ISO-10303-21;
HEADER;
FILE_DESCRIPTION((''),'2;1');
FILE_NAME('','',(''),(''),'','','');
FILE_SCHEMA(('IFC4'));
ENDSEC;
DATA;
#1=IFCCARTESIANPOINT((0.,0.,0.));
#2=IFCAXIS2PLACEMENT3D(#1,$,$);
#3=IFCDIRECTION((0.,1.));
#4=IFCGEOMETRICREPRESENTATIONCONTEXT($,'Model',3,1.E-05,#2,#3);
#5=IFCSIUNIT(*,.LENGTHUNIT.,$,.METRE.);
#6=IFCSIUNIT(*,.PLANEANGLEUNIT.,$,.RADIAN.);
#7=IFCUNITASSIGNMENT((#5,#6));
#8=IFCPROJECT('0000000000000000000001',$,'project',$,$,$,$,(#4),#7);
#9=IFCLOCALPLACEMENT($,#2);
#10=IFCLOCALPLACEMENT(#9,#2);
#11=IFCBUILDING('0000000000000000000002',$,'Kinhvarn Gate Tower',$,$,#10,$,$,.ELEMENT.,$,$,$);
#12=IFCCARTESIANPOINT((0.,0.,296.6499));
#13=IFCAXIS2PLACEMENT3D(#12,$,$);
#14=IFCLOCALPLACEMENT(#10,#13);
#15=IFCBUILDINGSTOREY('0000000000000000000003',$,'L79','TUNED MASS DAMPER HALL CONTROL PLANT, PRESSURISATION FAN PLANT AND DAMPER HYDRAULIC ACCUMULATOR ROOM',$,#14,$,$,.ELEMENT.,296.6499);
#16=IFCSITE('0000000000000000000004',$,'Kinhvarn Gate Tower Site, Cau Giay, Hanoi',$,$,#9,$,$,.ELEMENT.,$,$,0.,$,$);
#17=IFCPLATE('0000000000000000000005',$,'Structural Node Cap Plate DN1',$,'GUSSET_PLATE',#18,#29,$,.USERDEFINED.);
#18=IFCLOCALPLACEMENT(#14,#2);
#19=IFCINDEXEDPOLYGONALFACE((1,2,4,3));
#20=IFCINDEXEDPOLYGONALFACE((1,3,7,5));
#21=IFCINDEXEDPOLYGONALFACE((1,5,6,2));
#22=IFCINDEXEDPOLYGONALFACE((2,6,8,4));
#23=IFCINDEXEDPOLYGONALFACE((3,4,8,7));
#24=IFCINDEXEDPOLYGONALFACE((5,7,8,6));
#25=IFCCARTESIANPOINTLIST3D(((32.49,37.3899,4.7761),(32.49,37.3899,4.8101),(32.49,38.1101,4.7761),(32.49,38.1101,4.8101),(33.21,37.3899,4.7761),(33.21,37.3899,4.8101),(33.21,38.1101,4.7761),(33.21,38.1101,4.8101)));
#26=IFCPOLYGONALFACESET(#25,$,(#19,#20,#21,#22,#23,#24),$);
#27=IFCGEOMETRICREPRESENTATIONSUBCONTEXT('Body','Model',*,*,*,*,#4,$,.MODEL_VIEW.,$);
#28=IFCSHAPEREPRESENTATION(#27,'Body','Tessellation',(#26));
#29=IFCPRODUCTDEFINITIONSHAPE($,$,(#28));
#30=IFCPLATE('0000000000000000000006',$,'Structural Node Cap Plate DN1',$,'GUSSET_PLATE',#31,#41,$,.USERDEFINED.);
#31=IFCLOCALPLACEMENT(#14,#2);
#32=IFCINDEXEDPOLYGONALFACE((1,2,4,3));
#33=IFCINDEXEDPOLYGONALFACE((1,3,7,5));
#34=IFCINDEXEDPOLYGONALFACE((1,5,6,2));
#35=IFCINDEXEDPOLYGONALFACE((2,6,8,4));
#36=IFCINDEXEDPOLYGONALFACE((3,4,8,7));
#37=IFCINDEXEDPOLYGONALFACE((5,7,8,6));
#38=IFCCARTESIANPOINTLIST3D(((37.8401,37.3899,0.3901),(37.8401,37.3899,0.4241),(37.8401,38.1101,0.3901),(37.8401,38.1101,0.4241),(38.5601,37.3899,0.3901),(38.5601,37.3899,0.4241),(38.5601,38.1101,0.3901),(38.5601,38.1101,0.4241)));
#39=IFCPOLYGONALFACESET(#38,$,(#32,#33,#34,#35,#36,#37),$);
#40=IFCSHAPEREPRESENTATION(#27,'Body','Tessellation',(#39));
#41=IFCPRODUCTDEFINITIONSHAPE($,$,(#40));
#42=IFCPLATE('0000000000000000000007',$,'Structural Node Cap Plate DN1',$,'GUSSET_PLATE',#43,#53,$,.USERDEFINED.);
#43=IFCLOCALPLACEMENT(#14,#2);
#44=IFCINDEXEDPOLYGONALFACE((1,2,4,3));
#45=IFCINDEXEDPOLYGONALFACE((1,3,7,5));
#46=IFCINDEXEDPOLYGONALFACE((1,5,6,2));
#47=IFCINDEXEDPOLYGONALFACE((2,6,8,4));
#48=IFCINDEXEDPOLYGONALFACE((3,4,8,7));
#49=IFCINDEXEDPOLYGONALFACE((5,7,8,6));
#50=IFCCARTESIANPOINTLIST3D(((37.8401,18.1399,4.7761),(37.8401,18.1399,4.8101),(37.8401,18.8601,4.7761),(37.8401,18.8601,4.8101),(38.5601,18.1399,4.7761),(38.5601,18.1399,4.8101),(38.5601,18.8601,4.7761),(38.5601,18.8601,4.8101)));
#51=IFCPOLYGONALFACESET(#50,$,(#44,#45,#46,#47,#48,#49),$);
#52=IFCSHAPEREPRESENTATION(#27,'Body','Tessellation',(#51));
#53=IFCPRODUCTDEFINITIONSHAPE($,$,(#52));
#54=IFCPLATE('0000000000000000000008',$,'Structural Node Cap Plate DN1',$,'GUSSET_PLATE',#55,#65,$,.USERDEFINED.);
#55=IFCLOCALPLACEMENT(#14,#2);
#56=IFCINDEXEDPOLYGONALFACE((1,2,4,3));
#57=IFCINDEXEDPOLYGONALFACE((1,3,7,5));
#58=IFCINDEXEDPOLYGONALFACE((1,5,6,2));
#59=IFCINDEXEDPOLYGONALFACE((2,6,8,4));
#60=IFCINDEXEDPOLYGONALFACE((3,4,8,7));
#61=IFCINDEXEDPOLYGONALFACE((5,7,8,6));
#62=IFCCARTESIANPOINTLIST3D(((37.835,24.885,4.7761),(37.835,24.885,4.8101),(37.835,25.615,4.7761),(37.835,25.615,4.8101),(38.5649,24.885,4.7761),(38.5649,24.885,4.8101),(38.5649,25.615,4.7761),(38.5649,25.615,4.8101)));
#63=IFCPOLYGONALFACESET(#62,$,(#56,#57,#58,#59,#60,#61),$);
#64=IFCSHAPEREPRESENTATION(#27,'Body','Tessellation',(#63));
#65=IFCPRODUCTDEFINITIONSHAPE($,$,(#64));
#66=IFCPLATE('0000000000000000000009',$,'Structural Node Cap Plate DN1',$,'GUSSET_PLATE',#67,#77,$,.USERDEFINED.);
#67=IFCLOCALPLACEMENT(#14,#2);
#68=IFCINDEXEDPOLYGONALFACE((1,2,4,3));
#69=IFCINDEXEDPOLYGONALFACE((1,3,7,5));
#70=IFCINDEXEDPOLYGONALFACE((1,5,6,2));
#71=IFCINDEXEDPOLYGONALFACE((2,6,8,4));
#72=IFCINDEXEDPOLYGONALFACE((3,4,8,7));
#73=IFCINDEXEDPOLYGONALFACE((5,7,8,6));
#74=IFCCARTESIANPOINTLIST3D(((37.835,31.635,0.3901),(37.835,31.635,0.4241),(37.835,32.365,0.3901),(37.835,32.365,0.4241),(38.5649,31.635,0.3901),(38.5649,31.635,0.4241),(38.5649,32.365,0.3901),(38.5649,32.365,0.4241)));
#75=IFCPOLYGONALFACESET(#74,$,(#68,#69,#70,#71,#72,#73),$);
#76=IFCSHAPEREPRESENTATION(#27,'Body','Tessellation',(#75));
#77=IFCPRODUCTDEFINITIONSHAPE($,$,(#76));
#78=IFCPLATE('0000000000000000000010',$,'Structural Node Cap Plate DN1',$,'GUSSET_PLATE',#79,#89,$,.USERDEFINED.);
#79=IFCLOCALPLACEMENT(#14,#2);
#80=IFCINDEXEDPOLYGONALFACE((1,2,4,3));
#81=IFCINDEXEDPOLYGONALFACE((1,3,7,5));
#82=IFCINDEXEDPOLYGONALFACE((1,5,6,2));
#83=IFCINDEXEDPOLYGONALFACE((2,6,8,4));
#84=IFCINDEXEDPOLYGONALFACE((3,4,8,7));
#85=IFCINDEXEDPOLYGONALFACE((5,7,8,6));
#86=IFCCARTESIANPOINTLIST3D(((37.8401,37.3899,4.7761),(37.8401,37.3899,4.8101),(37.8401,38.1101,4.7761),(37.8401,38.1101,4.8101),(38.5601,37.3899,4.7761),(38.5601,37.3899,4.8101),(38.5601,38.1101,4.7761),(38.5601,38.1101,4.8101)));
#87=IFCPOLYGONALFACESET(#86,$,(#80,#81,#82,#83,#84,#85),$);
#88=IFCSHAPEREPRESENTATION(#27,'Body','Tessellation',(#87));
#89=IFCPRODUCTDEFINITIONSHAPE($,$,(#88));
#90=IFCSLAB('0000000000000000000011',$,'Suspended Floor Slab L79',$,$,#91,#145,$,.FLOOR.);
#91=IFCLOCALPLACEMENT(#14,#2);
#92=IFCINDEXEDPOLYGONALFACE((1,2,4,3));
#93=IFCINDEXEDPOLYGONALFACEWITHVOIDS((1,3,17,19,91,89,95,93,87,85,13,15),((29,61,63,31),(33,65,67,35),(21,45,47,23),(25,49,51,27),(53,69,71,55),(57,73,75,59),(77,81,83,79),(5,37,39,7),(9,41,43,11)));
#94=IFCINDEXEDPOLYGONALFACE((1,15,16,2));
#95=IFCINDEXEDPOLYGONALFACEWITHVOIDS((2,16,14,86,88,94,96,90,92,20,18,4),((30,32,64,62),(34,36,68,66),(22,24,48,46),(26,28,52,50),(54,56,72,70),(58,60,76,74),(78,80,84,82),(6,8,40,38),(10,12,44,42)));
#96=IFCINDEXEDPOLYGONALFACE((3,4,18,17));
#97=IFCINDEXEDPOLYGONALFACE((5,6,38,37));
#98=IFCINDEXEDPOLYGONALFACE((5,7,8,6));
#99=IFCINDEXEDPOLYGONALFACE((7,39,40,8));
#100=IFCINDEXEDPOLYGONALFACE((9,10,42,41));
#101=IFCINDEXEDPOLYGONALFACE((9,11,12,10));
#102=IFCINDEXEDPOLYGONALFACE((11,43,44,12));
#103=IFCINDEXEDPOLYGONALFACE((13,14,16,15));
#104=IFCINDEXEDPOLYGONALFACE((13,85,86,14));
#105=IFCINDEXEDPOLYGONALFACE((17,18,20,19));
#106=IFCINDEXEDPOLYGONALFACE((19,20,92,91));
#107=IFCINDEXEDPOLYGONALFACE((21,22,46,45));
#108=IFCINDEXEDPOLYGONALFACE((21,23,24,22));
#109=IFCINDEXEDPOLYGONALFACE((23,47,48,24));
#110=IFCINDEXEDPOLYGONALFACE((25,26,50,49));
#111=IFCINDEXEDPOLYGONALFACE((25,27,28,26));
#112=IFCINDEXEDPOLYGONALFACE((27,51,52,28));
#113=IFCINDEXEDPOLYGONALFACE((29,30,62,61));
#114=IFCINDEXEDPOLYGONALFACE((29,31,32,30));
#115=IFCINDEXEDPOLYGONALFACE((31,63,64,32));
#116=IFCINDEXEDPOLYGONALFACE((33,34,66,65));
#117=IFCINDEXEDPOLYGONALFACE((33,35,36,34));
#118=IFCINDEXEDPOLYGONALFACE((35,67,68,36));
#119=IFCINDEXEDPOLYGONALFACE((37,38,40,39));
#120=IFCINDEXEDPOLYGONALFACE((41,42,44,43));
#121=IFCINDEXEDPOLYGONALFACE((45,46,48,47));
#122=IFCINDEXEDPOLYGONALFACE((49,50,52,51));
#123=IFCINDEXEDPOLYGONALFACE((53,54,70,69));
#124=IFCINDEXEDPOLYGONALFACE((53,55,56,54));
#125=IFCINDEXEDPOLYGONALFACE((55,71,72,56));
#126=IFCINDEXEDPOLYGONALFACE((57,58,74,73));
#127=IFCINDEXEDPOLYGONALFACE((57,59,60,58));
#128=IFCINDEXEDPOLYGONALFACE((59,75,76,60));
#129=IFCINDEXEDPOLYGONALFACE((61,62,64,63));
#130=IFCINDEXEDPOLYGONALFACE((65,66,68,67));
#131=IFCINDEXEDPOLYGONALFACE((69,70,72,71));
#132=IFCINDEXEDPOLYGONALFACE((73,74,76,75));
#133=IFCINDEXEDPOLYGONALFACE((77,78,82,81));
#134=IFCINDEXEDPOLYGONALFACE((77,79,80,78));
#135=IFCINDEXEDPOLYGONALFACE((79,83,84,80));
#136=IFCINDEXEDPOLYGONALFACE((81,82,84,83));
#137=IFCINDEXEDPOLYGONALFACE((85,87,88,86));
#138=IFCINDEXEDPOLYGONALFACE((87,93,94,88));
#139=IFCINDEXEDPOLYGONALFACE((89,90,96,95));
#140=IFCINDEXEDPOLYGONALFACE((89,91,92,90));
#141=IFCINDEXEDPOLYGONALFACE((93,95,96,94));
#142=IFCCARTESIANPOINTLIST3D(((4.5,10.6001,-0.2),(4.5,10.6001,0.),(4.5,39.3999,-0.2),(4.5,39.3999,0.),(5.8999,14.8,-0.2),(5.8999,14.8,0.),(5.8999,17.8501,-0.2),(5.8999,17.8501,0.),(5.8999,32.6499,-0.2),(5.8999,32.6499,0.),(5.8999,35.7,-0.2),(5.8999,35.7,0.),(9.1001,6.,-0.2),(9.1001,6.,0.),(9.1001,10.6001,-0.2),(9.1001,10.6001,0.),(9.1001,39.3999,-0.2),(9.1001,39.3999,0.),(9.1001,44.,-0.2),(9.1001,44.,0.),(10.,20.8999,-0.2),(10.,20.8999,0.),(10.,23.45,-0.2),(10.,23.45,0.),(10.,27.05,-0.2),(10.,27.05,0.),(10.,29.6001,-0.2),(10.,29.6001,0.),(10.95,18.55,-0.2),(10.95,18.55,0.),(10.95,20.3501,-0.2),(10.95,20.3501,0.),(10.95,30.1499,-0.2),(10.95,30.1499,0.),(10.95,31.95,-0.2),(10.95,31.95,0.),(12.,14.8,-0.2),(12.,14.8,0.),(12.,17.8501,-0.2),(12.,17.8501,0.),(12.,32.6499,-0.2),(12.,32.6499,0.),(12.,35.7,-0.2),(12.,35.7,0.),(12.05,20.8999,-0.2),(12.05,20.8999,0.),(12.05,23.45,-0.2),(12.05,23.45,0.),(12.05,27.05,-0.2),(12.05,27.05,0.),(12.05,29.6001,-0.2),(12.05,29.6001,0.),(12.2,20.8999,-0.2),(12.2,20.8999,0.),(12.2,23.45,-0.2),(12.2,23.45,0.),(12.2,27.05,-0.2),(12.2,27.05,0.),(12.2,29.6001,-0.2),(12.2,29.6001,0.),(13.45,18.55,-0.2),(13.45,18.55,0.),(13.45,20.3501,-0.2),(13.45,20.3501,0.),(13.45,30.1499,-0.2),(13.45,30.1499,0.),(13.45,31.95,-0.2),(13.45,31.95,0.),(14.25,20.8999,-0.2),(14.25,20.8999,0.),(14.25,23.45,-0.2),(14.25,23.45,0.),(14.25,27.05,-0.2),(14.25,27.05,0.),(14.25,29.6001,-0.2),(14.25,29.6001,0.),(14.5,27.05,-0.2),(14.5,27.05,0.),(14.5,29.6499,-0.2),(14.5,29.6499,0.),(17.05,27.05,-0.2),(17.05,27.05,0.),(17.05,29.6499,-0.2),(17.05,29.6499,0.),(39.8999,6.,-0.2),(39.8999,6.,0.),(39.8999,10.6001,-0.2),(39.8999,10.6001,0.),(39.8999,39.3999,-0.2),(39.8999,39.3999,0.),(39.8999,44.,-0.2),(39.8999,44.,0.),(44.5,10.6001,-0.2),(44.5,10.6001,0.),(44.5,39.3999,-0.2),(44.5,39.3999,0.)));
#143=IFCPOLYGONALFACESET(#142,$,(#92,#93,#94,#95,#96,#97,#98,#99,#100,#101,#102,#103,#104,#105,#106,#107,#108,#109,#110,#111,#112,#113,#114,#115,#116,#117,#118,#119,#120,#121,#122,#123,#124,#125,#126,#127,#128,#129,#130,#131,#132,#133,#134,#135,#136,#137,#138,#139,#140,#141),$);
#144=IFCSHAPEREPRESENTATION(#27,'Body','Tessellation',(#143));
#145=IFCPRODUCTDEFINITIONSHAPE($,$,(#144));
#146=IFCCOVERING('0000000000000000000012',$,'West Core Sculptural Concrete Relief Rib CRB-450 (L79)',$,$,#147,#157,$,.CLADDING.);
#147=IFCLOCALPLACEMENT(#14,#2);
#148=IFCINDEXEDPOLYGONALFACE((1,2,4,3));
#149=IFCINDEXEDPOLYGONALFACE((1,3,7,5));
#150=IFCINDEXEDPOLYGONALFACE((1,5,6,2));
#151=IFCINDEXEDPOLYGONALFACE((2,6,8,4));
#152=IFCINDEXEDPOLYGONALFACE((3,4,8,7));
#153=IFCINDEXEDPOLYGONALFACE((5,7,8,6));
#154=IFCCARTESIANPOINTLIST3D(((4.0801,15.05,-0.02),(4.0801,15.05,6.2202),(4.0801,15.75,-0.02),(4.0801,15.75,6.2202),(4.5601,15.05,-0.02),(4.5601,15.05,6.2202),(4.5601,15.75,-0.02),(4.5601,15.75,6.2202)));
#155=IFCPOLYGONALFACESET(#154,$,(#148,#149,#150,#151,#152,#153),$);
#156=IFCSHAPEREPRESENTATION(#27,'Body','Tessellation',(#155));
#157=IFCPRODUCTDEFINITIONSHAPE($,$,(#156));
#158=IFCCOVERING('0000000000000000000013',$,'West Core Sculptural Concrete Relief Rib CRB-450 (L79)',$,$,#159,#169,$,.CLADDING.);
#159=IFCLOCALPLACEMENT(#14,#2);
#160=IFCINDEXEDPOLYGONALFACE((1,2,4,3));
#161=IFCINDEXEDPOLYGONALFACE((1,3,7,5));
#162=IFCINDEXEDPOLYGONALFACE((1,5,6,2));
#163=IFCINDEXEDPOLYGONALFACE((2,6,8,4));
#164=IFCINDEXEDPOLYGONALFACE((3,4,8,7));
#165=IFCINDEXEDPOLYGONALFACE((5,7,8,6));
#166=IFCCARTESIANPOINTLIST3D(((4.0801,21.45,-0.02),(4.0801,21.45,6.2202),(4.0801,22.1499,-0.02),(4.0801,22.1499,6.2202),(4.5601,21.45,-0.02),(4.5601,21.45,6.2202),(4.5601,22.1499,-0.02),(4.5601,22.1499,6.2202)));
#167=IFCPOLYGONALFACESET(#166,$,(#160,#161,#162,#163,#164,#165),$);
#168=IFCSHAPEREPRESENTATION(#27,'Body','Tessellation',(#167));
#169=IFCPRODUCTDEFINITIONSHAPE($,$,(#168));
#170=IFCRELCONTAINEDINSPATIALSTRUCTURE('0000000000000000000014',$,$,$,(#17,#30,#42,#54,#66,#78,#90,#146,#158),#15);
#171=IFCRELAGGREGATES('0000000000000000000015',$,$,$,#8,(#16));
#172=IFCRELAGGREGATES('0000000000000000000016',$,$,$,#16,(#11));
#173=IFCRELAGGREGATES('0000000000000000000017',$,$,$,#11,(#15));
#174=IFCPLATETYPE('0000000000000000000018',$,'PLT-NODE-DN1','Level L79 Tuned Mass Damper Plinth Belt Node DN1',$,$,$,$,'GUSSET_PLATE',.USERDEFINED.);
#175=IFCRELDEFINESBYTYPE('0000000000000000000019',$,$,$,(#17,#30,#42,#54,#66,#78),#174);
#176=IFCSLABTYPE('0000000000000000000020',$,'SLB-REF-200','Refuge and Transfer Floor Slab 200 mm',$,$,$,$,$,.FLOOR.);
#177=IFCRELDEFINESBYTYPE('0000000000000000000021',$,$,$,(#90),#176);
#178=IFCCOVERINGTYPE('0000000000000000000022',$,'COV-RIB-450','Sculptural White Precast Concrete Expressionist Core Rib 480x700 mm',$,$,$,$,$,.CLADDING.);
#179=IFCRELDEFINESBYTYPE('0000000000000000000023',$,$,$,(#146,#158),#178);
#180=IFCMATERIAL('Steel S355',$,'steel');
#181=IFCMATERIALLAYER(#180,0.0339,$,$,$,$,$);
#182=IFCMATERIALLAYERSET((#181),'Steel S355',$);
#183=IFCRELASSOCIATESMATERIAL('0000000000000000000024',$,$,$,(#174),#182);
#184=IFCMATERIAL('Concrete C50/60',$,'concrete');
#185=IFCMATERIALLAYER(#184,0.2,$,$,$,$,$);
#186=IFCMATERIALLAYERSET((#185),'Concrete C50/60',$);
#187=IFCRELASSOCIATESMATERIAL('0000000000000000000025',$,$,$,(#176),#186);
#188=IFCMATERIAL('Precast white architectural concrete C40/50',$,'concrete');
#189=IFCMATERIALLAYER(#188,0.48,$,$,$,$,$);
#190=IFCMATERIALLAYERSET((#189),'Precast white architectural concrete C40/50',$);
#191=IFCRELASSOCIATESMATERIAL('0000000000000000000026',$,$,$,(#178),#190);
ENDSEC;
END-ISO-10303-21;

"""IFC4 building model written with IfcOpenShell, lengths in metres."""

from ifc_helpers import new_model, si_unit, direction, frame, origin, place, context, subcontext, project, spatial, polyline, outline, extrude, material, layer, layer_set, type_object, element, save


model = new_model("IFC4")

# Units and contexts
model_context = context("Model", 3, precision=1e-05, world=origin(), true_north=direction((0.0, 1.0)))
body_context = subcontext(model_context, "Body", "Model", "MODEL_VIEW")
ifc_project = project(units=[si_unit("LENGTHUNIT", "METRE"), si_unit("PLANEANGLEUNIT", "RADIAN")], contexts=[model_context])

# Site, building, storey
site_placement = place(None, origin())
site = spatial("IfcSite", under=ifc_project, at=site_placement, Name="Kinhvarn Gate Tower Site, Cau Giay, Hanoi", CompositionType="ELEMENT", RefElevation=0.0)
building_placement = place(site_placement, origin())
building = spatial("IfcBuilding", under=site, at=building_placement, Name="Kinhvarn Gate Tower", CompositionType="ELEMENT")
storey_placement = place(building_placement, frame((0.0, 0.0, 296.6499)))
storey = spatial("IfcBuildingStorey", under=building, at=storey_placement, Name="L79", Description="TUNED MASS DAMPER HALL CONTROL PLANT, PRESSURISATION FAN PLANT AND DAMPER HYDRAULIC ACCUMULATOR ROOM", CompositionType="ELEMENT", Elevation=296.6499)

# Plates
ifc_material_1 = material(Name="Steel S355", Category="steel")
ifc_layer_1 = layer(ifc_material_1, 0.0339)
ifc_layer_set_1 = layer_set([ifc_layer_1], Name="Steel S355")
plate_type_1 = type_object("IfcPlateType", Name="PLT-NODE-DN1", Description="Level L79 Tuned Mass Damper Plinth Belt Node DN1", ElementType="GUSSET_PLATE", PredefinedType="USERDEFINED", material=ifc_layer_set_1)
plate_1_placement = place(storey_placement, frame((0.0, 0.0, 4.7761)))
element("IfcPlate", 1, at=plate_1_placement, inside=storey, type_object=plate_type_1, Name="Structural Node Cap Plate DN1", ObjectType="GUSSET_PLATE", PredefinedType="USERDEFINED", context=body_context, shape_type="SweptSolid", body=[
    extrude(outline(polyline([(32.49, 37.3899), (33.21, 37.3899), (33.21, 38.1101), (32.49, 38.1101), (32.49, 37.3899)])), origin(), (0.0, 0.0, 1.0), 0.0339),
])
plate_2_placement = place(storey_placement, frame((0.0, 0.0, 0.3901)))
element("IfcPlate", 2, at=plate_2_placement, inside=storey, type_object=plate_type_1, Name="Structural Node Cap Plate DN1", ObjectType="GUSSET_PLATE", PredefinedType="USERDEFINED", context=body_context, shape_type="SweptSolid", body=[
    extrude(outline(polyline([(37.8401, 37.3899), (38.5601, 37.3899), (38.5601, 38.1101), (37.8401, 38.1101), (37.8401, 37.3899)])), origin(), (0.0, 0.0, 1.0), 0.0339),
])
plate_3_placement = place(storey_placement, frame((0.0, 0.0, 4.7761)))
element("IfcPlate", 3, at=plate_3_placement, inside=storey, type_object=plate_type_1, Name="Structural Node Cap Plate DN1", ObjectType="GUSSET_PLATE", PredefinedType="USERDEFINED", context=body_context, shape_type="SweptSolid", body=[
    extrude(outline(polyline([(37.8401, 18.1399), (38.5601, 18.1399), (38.5601, 18.8601), (37.8401, 18.8601), (37.8401, 18.1399)])), origin(), (0.0, 0.0, 1.0), 0.0339),
])
plate_4_placement = place(storey_placement, frame((0.0, 0.0, 4.7761)))
element("IfcPlate", 4, at=plate_4_placement, inside=storey, type_object=plate_type_1, Name="Structural Node Cap Plate DN1", ObjectType="GUSSET_PLATE", PredefinedType="USERDEFINED", context=body_context, shape_type="SweptSolid", body=[
    extrude(outline(polyline([(37.835, 24.885), (38.5649, 24.885), (38.5649, 25.615), (37.835, 25.615), (37.835, 24.885)])), origin(), (0.0, 0.0, 1.0), 0.0339),
])
plate_5_placement = place(storey_placement, frame((0.0, 0.0, 0.3901)))
element("IfcPlate", 5, at=plate_5_placement, inside=storey, type_object=plate_type_1, Name="Structural Node Cap Plate DN1", ObjectType="GUSSET_PLATE", PredefinedType="USERDEFINED", context=body_context, shape_type="SweptSolid", body=[
    extrude(outline(polyline([(37.835, 31.635), (38.5649, 31.635), (38.5649, 32.365), (37.835, 32.365), (37.835, 31.635)])), origin(), (0.0, 0.0, 1.0), 0.0339),
])
plate_6_placement = place(storey_placement, frame((0.0, 0.0, 4.7761)))
element("IfcPlate", 6, at=plate_6_placement, inside=storey, type_object=plate_type_1, Name="Structural Node Cap Plate DN1", ObjectType="GUSSET_PLATE", PredefinedType="USERDEFINED", context=body_context, shape_type="SweptSolid", body=[
    extrude(outline(polyline([(37.8401, 37.3899), (38.5601, 37.3899), (38.5601, 38.1101), (37.8401, 38.1101), (37.8401, 37.3899)])), origin(), (0.0, 0.0, 1.0), 0.0339),
])

# Slab
ifc_material_2 = material(Name="Concrete C50/60", Category="concrete")
ifc_layer_2 = layer(ifc_material_2, 0.2)
ifc_layer_set_2 = layer_set([ifc_layer_2], Name="Concrete C50/60")
slab_type = type_object("IfcSlabType", Name="SLB-REF-200", Description="Refuge and Transfer Floor Slab 200 mm", PredefinedType="FLOOR", material=ifc_layer_set_2)
slab_placement = place(storey_placement, frame((0.0, 0.0, -0.2)))
element("IfcSlab", 7, at=slab_placement, inside=storey, type_object=slab_type, Name="Suspended Floor Slab L79", PredefinedType="FLOOR", context=body_context, shape_type="SweptSolid", body=[
    extrude(outline(polyline([(9.1001, 6.0), (39.8999, 6.0), (39.8999, 10.6001), (44.5, 10.6001), (44.5, 39.3999), (39.8999, 39.3999), (39.8999, 44.0), (9.1001, 44.0), (9.1001, 39.3999), (4.5, 39.3999), (4.5, 10.6001), (9.1001, 10.6001), (9.1001, 6.0)]), holes=[polyline([(5.8999, 14.8), (12.0, 14.8), (12.0, 17.8501), (5.8999, 17.8501), (5.8999, 14.8)]), polyline([(5.8999, 32.6499), (12.0, 32.6499), (12.0, 35.7), (5.8999, 35.7), (5.8999, 32.6499)]), polyline([(10.0, 20.8999), (12.05, 20.8999), (12.05, 23.45), (10.0, 23.45), (10.0, 20.8999)]), polyline([(12.2, 20.8999), (14.25, 20.8999), (14.25, 23.45), (12.2, 23.45), (12.2, 20.8999)]), polyline([(10.0, 27.05), (12.05, 27.05), (12.05, 29.6001), (10.0, 29.6001), (10.0, 27.05)]), polyline([(12.2, 27.05), (14.25, 27.05), (14.25, 29.6001), (12.2, 29.6001), (12.2, 27.05)]), polyline([(14.5, 27.05), (17.05, 27.05), (17.05, 29.6499), (14.5, 29.6499), (14.5, 27.05)]), polyline([(10.95, 18.55), (13.45, 18.55), (13.45, 20.3501), (10.95, 20.3501), (10.95, 18.55)]), polyline([(10.95, 30.1499), (13.45, 30.1499), (13.45, 31.95), (10.95, 31.95), (10.95, 30.1499)])]), origin(), (0.0, 0.0, 1.0), 0.2),
])

# Coverings
ifc_material_3 = material(Name="Precast white architectural concrete C40/50", Category="concrete")
ifc_layer_3 = layer(ifc_material_3, 0.48)
ifc_layer_set_3 = layer_set([ifc_layer_3], Name="Precast white architectural concrete C40/50")
covering_type = type_object("IfcCoveringType", Name="COV-RIB-450", Description="Sculptural White Precast Concrete Expressionist Core Rib 480x700 mm", PredefinedType="CLADDING", material=ifc_layer_set_3)
covering_1_placement = place(storey_placement, frame((0.0, 0.0, -0.02)))
element("IfcCovering", 8, at=covering_1_placement, inside=storey, type_object=covering_type, Name="West Core Sculptural Concrete Relief Rib CRB-450 (L79)", PredefinedType="CLADDING", context=body_context, shape_type="SweptSolid", body=[
    extrude(outline(polyline([(4.0801, 15.05), (4.5601, 15.05), (4.5601, 15.75), (4.0801, 15.75), (4.0801, 15.05)])), origin(), (0.0, 0.0, 1.0), 6.2402),
])
covering_2_placement = place(storey_placement, frame((0.0, 0.0, -0.02)))
element("IfcCovering", 9, at=covering_2_placement, inside=storey, type_object=covering_type, Name="West Core Sculptural Concrete Relief Rib CRB-450 (L79)", PredefinedType="CLADDING", context=body_context, shape_type="SweptSolid", body=[
    extrude(outline(polyline([(4.0801, 21.45), (4.5601, 21.45), (4.5601, 22.1499), (4.0801, 22.1499), (4.0801, 21.45)])), origin(), (0.0, 0.0, 1.0), 6.2402),
])

save(model, "model.ifc")
